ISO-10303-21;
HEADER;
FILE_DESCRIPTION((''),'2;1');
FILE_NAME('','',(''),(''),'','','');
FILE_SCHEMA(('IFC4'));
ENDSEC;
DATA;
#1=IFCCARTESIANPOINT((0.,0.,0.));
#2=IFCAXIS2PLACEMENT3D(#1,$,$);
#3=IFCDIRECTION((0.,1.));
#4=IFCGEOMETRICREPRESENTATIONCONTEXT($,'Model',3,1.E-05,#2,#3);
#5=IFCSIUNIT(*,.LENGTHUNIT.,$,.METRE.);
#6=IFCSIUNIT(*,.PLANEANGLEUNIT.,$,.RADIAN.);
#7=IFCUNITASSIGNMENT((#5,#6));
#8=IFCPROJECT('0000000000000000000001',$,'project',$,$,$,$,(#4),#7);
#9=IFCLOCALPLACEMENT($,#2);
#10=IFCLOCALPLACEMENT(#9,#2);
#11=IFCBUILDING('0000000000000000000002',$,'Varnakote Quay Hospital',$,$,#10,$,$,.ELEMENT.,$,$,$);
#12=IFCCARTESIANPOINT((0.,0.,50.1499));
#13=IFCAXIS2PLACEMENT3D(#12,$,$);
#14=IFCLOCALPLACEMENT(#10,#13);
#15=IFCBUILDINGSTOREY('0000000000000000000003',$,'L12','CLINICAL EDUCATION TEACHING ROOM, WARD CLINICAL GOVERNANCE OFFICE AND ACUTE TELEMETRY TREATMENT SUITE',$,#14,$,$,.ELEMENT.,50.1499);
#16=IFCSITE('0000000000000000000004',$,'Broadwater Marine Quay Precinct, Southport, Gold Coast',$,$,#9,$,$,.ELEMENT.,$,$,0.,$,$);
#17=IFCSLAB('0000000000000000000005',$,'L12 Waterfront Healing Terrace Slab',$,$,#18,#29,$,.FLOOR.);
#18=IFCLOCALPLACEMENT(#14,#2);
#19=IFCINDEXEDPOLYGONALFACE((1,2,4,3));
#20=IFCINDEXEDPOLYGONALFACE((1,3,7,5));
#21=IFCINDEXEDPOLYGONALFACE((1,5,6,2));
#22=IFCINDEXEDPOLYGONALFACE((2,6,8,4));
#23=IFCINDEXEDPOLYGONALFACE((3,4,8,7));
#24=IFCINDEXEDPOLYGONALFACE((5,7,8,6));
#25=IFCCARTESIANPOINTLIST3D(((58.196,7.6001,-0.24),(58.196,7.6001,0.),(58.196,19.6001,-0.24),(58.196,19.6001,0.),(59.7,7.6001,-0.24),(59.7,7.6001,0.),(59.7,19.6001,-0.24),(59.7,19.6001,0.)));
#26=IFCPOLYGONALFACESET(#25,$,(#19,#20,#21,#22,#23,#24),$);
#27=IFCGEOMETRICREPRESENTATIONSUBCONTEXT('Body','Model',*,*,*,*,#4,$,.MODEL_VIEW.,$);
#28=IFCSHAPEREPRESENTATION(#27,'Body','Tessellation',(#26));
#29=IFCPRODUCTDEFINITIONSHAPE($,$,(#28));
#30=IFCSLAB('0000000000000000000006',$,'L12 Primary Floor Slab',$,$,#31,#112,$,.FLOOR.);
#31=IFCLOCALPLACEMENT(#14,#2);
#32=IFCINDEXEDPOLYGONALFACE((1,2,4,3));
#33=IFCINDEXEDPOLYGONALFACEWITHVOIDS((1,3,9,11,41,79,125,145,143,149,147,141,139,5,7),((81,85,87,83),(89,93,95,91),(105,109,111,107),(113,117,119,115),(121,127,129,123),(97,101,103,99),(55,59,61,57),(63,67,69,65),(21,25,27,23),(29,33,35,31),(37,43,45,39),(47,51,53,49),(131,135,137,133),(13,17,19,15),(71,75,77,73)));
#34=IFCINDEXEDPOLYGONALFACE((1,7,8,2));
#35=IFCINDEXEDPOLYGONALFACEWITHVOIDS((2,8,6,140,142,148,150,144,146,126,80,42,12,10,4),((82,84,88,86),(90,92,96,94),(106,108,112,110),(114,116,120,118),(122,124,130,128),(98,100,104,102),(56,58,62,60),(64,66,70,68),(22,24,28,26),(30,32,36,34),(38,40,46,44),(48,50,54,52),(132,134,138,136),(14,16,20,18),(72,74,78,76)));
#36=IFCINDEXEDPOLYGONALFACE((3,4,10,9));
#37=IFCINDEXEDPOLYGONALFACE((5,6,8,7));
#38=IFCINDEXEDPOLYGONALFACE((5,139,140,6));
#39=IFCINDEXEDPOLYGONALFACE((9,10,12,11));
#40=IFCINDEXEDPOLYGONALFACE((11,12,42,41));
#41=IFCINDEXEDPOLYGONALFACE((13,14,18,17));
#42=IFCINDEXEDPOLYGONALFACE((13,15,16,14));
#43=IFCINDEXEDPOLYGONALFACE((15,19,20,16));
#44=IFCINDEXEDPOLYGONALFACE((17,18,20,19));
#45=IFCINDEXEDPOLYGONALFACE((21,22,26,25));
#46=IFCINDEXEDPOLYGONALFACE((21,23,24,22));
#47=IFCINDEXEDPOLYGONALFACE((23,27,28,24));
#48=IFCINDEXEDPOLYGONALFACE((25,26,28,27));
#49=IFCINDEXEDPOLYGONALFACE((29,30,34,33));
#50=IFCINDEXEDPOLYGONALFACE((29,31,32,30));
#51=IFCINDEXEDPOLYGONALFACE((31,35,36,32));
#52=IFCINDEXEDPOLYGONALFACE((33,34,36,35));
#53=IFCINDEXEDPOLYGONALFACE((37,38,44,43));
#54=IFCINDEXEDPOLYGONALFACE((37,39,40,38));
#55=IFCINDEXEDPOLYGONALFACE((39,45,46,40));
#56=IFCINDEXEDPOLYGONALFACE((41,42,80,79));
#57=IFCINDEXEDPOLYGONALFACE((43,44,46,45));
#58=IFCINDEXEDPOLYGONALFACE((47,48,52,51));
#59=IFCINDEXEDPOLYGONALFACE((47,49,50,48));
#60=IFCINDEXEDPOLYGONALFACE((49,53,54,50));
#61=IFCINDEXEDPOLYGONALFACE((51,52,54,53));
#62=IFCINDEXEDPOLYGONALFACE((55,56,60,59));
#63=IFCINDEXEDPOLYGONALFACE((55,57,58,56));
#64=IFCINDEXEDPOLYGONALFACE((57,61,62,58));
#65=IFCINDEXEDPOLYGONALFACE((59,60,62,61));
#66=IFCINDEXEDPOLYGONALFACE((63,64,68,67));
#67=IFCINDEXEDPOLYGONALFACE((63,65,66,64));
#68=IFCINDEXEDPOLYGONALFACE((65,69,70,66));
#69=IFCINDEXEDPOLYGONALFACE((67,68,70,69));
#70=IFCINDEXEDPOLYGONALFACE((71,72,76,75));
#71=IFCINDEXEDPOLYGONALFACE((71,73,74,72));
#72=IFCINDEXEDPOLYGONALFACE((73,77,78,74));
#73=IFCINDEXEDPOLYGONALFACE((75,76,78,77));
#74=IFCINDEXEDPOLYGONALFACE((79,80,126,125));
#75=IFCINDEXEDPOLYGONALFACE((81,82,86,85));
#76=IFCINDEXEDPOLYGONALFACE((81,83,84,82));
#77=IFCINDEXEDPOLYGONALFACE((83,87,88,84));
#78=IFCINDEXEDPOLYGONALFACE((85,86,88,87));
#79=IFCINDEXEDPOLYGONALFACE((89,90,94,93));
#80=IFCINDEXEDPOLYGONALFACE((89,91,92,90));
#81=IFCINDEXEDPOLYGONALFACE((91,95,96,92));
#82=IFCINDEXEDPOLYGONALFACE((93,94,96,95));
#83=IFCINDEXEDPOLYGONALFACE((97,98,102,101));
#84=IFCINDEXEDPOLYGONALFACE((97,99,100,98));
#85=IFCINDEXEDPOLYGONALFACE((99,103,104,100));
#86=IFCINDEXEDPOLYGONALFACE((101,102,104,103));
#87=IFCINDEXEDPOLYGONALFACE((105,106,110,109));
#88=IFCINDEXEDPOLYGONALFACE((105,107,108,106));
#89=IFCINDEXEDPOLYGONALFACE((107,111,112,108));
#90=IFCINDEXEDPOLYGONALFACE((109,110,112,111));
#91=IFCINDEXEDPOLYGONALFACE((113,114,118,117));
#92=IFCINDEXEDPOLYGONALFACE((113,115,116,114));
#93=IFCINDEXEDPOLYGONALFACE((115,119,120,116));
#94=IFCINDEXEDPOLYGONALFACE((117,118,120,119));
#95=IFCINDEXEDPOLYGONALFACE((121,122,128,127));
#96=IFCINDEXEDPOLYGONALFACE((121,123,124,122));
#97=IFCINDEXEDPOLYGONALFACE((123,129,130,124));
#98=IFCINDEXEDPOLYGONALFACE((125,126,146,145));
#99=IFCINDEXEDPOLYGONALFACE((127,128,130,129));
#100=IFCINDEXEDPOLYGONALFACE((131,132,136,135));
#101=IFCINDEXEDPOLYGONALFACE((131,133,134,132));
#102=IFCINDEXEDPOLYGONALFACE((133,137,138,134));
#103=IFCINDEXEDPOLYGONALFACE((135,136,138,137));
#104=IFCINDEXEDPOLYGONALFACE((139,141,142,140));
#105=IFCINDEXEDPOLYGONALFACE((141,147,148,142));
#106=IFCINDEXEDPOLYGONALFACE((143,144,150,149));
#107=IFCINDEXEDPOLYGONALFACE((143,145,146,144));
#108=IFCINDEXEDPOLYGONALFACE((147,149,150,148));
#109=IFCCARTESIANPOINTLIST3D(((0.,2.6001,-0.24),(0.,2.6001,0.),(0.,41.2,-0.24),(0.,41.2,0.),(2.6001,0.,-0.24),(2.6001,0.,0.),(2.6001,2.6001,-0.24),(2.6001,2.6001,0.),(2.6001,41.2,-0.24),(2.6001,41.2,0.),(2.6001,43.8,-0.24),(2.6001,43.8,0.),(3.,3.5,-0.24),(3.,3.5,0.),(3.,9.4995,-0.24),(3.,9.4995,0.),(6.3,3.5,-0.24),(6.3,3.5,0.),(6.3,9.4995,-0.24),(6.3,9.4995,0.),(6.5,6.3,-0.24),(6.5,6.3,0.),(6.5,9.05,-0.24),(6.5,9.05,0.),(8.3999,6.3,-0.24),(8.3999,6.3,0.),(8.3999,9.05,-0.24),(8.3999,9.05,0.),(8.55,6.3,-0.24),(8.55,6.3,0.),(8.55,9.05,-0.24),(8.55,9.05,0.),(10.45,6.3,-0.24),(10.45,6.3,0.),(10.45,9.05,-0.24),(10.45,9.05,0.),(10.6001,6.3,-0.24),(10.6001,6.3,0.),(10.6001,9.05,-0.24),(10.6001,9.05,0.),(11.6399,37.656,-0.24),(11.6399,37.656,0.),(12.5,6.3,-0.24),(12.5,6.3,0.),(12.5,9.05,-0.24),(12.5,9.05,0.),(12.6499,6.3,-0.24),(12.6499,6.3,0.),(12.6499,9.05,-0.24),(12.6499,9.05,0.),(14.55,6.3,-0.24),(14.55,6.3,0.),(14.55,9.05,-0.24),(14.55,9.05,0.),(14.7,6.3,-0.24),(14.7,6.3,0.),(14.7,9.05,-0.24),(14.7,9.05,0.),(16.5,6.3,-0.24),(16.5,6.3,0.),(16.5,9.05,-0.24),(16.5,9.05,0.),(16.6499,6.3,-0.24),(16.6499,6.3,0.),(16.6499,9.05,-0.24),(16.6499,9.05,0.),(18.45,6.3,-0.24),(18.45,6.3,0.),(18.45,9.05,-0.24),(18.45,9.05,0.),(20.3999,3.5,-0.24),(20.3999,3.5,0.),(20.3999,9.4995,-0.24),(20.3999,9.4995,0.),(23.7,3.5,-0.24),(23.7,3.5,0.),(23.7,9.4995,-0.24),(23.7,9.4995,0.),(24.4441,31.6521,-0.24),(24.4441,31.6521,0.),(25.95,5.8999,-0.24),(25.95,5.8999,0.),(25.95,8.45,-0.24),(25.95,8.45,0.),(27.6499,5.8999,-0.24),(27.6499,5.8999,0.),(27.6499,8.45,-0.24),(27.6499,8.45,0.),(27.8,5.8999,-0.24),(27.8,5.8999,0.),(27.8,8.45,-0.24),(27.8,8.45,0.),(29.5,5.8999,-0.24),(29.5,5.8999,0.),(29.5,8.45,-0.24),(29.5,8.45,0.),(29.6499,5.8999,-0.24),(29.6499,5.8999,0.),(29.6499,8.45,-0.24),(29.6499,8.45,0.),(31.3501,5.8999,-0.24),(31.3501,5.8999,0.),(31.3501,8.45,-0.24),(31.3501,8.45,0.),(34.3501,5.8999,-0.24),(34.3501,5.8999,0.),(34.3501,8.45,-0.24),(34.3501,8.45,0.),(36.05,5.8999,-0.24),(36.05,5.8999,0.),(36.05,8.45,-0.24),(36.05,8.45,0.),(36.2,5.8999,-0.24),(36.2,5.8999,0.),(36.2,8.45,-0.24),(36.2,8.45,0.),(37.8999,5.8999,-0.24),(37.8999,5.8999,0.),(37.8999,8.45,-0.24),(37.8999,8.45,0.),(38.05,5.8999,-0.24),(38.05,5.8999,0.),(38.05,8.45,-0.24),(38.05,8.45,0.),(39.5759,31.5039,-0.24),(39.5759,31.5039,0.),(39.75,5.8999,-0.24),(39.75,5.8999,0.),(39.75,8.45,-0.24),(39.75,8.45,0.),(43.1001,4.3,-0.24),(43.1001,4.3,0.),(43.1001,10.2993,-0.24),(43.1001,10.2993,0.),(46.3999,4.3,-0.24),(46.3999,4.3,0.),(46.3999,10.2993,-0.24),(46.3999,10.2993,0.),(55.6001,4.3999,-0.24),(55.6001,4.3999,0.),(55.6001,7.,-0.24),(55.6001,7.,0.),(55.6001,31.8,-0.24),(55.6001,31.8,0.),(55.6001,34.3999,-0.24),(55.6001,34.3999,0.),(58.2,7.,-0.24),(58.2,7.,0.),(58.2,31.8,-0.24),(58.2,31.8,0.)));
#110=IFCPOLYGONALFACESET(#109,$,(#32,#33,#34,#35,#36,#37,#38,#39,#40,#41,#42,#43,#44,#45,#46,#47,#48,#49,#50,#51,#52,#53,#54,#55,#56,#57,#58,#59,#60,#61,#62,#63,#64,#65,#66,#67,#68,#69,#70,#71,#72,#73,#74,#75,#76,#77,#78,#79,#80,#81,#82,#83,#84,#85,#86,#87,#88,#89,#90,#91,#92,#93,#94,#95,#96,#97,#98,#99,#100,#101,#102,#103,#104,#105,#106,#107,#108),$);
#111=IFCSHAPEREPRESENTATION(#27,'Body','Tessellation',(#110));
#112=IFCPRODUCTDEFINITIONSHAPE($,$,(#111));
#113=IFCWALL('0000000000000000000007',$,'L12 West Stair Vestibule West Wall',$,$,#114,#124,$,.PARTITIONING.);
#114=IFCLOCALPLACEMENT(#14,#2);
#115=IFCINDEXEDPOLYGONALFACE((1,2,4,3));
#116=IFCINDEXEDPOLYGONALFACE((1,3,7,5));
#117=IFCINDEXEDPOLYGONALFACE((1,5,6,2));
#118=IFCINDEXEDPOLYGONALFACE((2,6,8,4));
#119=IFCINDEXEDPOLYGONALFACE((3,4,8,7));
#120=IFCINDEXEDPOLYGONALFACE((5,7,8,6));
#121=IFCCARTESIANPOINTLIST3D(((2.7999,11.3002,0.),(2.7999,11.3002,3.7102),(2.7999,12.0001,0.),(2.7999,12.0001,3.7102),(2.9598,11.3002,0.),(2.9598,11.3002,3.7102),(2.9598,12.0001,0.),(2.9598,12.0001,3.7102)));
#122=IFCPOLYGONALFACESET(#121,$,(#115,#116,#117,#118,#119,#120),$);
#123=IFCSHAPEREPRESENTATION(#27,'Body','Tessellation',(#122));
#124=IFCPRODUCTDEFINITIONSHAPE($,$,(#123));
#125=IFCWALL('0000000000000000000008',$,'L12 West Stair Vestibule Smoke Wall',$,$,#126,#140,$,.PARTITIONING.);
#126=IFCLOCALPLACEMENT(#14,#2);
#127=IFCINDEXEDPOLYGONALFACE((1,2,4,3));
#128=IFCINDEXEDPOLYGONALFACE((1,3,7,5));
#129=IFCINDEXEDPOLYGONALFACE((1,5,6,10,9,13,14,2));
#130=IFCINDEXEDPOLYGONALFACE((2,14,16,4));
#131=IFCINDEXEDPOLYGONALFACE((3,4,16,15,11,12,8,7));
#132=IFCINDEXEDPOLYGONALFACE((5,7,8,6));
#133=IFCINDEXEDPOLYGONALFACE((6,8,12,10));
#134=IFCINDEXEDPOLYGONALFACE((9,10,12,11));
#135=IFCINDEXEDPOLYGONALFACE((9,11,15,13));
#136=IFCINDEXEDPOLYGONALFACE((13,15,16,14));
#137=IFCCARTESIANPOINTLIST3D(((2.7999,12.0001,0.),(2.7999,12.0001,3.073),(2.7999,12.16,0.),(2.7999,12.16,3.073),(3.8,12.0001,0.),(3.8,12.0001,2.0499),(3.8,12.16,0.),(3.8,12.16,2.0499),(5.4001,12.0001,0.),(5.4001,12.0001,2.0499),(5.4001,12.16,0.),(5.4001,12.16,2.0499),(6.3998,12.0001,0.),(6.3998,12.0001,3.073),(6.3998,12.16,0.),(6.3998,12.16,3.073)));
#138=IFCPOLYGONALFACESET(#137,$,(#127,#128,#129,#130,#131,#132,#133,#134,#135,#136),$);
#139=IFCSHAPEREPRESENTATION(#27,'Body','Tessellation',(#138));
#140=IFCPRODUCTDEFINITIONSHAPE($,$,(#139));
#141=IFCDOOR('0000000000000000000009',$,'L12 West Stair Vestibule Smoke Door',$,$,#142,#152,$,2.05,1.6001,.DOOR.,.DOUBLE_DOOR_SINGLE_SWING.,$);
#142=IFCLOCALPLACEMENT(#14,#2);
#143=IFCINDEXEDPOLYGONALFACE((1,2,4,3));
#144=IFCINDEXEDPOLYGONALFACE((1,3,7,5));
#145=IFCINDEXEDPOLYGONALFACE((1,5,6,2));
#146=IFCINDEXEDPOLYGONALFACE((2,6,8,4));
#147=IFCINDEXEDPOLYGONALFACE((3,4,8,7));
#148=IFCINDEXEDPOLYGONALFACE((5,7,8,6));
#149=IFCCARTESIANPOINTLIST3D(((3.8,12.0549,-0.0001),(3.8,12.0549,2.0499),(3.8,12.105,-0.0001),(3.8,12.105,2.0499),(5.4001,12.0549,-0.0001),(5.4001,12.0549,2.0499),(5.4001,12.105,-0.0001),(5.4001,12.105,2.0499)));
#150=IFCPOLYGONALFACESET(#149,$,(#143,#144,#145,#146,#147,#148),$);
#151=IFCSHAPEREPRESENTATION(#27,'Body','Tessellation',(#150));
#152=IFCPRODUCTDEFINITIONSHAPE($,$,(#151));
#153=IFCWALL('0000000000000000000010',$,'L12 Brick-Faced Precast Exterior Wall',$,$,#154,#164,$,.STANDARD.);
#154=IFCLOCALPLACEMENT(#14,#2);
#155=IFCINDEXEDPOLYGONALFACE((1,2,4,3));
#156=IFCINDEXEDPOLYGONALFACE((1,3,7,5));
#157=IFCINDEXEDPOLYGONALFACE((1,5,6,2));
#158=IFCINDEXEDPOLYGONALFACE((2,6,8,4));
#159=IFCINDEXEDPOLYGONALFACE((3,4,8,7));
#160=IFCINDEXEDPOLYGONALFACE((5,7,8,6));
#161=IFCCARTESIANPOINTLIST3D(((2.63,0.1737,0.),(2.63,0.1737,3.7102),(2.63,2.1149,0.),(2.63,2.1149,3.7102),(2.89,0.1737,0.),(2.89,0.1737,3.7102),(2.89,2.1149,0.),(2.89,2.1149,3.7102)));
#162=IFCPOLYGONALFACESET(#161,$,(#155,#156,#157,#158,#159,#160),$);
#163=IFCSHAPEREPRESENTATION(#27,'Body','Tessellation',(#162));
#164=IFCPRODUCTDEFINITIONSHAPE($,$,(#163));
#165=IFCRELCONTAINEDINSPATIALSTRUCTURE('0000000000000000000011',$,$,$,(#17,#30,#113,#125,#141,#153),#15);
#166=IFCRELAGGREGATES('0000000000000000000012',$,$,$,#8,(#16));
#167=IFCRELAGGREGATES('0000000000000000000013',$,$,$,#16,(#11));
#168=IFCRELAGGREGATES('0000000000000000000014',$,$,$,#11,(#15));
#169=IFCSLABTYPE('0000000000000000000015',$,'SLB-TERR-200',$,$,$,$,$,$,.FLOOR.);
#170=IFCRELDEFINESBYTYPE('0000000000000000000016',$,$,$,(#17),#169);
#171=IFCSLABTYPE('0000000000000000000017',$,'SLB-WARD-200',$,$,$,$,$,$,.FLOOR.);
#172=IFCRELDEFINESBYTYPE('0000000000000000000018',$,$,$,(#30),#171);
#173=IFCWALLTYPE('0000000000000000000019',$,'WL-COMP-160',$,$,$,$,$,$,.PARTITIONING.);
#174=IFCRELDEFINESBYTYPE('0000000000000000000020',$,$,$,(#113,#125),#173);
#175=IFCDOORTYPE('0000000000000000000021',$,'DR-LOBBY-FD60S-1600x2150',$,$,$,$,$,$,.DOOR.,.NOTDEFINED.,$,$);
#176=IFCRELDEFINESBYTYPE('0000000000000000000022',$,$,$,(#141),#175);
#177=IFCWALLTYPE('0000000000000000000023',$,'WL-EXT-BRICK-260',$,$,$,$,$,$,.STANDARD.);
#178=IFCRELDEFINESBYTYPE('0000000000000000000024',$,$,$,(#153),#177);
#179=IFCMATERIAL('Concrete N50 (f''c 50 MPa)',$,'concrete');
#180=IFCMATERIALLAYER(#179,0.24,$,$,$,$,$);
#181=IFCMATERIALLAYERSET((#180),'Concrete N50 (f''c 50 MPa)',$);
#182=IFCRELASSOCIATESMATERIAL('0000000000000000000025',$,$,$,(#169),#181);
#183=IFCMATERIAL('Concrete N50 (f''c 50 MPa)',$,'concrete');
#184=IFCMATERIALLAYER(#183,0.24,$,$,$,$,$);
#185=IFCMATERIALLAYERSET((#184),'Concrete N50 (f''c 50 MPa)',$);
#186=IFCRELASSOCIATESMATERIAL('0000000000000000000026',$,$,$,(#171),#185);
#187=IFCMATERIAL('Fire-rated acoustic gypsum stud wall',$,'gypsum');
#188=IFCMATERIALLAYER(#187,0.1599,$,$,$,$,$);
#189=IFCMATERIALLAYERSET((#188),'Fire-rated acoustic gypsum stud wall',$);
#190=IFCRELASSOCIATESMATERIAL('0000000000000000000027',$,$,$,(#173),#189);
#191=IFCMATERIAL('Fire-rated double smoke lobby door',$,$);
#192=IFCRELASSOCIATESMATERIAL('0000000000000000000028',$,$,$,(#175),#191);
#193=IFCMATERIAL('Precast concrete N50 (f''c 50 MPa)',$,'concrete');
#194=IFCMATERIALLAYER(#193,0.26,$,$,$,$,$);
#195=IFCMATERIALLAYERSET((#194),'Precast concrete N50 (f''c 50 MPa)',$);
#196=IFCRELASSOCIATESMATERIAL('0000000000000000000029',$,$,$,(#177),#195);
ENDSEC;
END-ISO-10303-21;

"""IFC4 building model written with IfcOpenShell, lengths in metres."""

from ifc_helpers import new_model, si_unit, direction, frame, frame_2d, origin, place, context, subcontext, project, spatial, polyline, rectangle, outline, extrude, material, layer, layer_set, type_object, element, fill, save


model = new_model("IFC4")

# Units and contexts
model_context = context("Model", 3, precision=1e-05, world=origin(), true_north=direction((0.0, 1.0)))
body_context = subcontext(model_context, "Body", "Model", "MODEL_VIEW")
ifc_project = project(units=[si_unit("LENGTHUNIT", "METRE"), si_unit("PLANEANGLEUNIT", "RADIAN")], contexts=[model_context])

# Site, building, storey
site_placement = place(None, origin())
site = spatial("IfcSite", under=ifc_project, at=site_placement, Name="Broadwater Marine Quay Precinct, Southport, Gold Coast", CompositionType="ELEMENT", RefElevation=0.0)
building_placement = place(site_placement, origin())
building = spatial("IfcBuilding", under=site, at=building_placement, Name="Varnakote Quay Hospital", CompositionType="ELEMENT")
storey_placement = place(building_placement, frame((0.0, 0.0, 50.1499)))
storey = spatial("IfcBuildingStorey", under=building, at=storey_placement, Name="L12", Description="CLINICAL EDUCATION TEACHING ROOM, WARD CLINICAL GOVERNANCE OFFICE AND ACUTE TELEMETRY TREATMENT SUITE", CompositionType="ELEMENT", Elevation=50.1499)

# Slabs
ifc_material_1 = material(Name="Concrete N50 (f'c 50 MPa)", Category="concrete")
ifc_layer_1 = layer(ifc_material_1, 0.24)
ifc_layer_set_1 = layer_set([ifc_layer_1], Name="Concrete N50 (f'c 50 MPa)")
slab_type_1 = type_object("IfcSlabType", Name="SLB-TERR-200", PredefinedType="FLOOR", material=ifc_layer_set_1)
slab_1_placement = place(storey_placement, frame((0.0, 0.0, -0.24)))
element("IfcSlab", 1, at=slab_1_placement, inside=storey, type_object=slab_type_1, Name="L12 Waterfront Healing Terrace Slab", PredefinedType="FLOOR", context=body_context, shape_type="SweptSolid", body=[
    extrude(outline(polyline([(58.196, 19.6001), (58.196, 7.6001), (59.7, 7.6001), (59.7, 19.6001), (58.196, 19.6001)])), origin(), (0.0, 0.0, 1.0), 0.24),
])
ifc_material_2 = material(Name="Concrete N50 (f'c 50 MPa)", Category="concrete")
ifc_layer_2 = layer(ifc_material_2, 0.24)
ifc_layer_set_2 = layer_set([ifc_layer_2], Name="Concrete N50 (f'c 50 MPa)")
slab_type_2 = type_object("IfcSlabType", Name="SLB-WARD-200", PredefinedType="FLOOR", material=ifc_layer_set_2)
slab_2_placement = place(storey_placement, frame((0.0, 0.0, -0.24)))
element("IfcSlab", 2, at=slab_2_placement, inside=storey, type_object=slab_type_2, Name="L12 Primary Floor Slab", PredefinedType="FLOOR", context=body_context, shape_type="SweptSolid", body=[
    extrude(outline(polyline([(0.0, 2.6001), (2.6001, 2.6001), (2.6001, 0.0), (55.6001, 4.3999), (55.6001, 7.0), (58.2, 7.0), (58.2, 31.8), (55.6001, 31.8), (55.6001, 34.3999), (39.5759, 31.5039), (24.4441, 31.6521), (11.6399, 37.656), (2.6001, 43.8), (2.6001, 41.2), (0.0, 41.2), (0.0, 2.6001)]), holes=[polyline([(3.0, 3.5), (6.3, 3.5), (6.3, 9.4995), (3.0, 9.4995), (3.0, 3.5)]), polyline([(20.3999, 3.5), (23.7, 3.5), (23.7, 9.4995), (20.3999, 9.4995), (20.3999, 3.5)]), polyline([(43.1001, 4.3), (46.3999, 4.3), (46.3999, 10.2993), (43.1001, 10.2993), (43.1001, 4.3)]), polyline([(6.5, 6.3), (8.3999, 6.3), (8.3999, 9.05), (6.5, 9.05), (6.5, 6.3)]), polyline([(8.55, 6.3), (10.45, 6.3), (10.45, 9.05), (8.55, 9.05), (8.55, 6.3)]), polyline([(10.6001, 6.3), (12.5, 6.3), (12.5, 9.05), (10.6001, 9.05), (10.6001, 6.3)]), polyline([(12.6499, 6.3), (14.55, 6.3), (14.55, 9.05), (12.6499, 9.05), (12.6499, 6.3)]), polyline([(14.7, 6.3), (16.5, 6.3), (16.5, 9.05), (14.7, 9.05), (14.7, 6.3)]), polyline([(16.6499, 6.3), (18.45, 6.3), (18.45, 9.05), (16.6499, 9.05), (16.6499, 6.3)]), polyline([(25.95, 5.8999), (27.6499, 5.8999), (27.6499, 8.45), (25.95, 8.45), (25.95, 5.8999)]), polyline([(27.8, 5.8999), (29.5, 5.8999), (29.5, 8.45), (27.8, 8.45), (27.8, 5.8999)]), polyline([(29.6499, 5.8999), (31.3501, 5.8999), (31.3501, 8.45), (29.6499, 8.45), (29.6499, 5.8999)]), polyline([(34.3501, 5.8999), (36.05, 5.8999), (36.05, 8.45), (34.3501, 8.45), (34.3501, 5.8999)]), polyline([(36.2, 5.8999), (37.8999, 5.8999), (37.8999, 8.45), (36.2, 8.45), (36.2, 5.8999)]), polyline([(38.05, 5.8999), (39.75, 5.8999), (39.75, 8.45), (38.05, 8.45), (38.05, 5.8999)])]), origin(), (0.0, 0.0, 1.0), 0.24),
])

# Wall
ifc_material_3 = material(Name="Fire-rated acoustic gypsum stud wall", Category="gypsum")
ifc_layer_3 = layer(ifc_material_3, 0.1599)
ifc_layer_set_3 = layer_set([ifc_layer_3], Name="Fire-rated acoustic gypsum stud wall")
wall_type_1 = type_object("IfcWallType", Name="WL-COMP-160", PredefinedType="PARTITIONING", material=ifc_layer_set_3)
wall_1_placement = place(storey_placement, frame((2.8799, 11.3, 0.0), z_axis=(0.0, 0.0, 1.0), x_axis=(0.0, 1.0, 0.0)))
element("IfcWall", 3, at=wall_1_placement, inside=storey, type_object=wall_type_1, Name="L12 West Stair Vestibule West Wall", PredefinedType="PARTITIONING", context=body_context, shape_type="SweptSolid", body=[
    extrude(rectangle(XDim=0.7, YDim=0.1599, at=frame_2d((0.3501, 0.0))), origin(), (0.0, 0.0, 1.0), 3.7102),
])

# Wall, opening, door
wall_2_placement = place(storey_placement, frame((2.8, 12.0801, 0.0), z_axis=(0.0, 0.0, 1.0), x_axis=(1.0, 0.0, 0.0)))
wall_2 = element("IfcWall", 4, at=wall_2_placement, inside=storey, type_object=wall_type_1, Name="L12 West Stair Vestibule Smoke Wall", PredefinedType="PARTITIONING", context=body_context, shape_type="SweptSolid", body=[
    extrude(rectangle(XDim=3.5999, YDim=0.1599, at=frame_2d((1.7998, 0.0))), origin(), (0.0, 0.0, 1.0), 3.073),
])
opening_1_placement = place(wall_2_placement, frame((1.0, 0.0, 0.0)))
opening_1 = element("IfcOpeningElement", 5, at=opening_1_placement, cuts=wall_2, PredefinedType="OPENING", context=body_context, shape_type="SweptSolid", body=[
    extrude(rectangle(XDim=1.6001, YDim=2.05, at=frame_2d((0.8, 1.0249))), frame((0.0, 0.0898, 0.0), z_axis=(0.0, -1.0, 0.0), x_axis=(1.0, 0.0, 0.0)), (0.0, 0.0, 1.0), 0.1799),
])
ifc_material_4 = material(Name="Fire-rated double smoke lobby door")
door_type_1 = type_object("IfcDoorType", Name="DR-LOBBY-FD60S-1600x2150", OperationType="NOTDEFINED", PredefinedType="DOOR", material=ifc_material_4)
door_1_placement = place(opening_1_placement, origin())
door_1 = element("IfcDoor", 6, at=door_1_placement, inside=storey, type_object=door_type_1, Name="L12 West Stair Vestibule Smoke Door", OperationType="DOUBLE_DOOR_SINGLE_SWING", OverallHeight=2.05, OverallWidth=1.6001, PredefinedType="DOOR", context=body_context, shape_type="SweptSolid", body=[
    extrude(rectangle(XDim=1.6001, YDim=2.05, at=frame_2d((0.8, 1.0249))), frame((0.0, 0.0249, 0.0), z_axis=(0.0, -1.0, 0.0), x_axis=(1.0, 0.0, 0.0)), (0.0, 0.0, 1.0), 0.05),
])
fill(opening_1, door_1)

# Wall
ifc_material_5 = material(Name="Precast concrete N50 (f'c 50 MPa)", Category="concrete")
ifc_layer_4 = layer(ifc_material_5, 0.26)
ifc_layer_set_4 = layer_set([ifc_layer_4], Name="Precast concrete N50 (f'c 50 MPa)")
wall_type_2 = type_object("IfcWallType", Name="WL-EXT-BRICK-260", PredefinedType="STANDARD", material=ifc_layer_set_4)
wall_3_placement = place(storey_placement, frame((2.76, 2.115, 0.0), z_axis=(0.0, 0.0, 1.0), x_axis=(0.0, -1.0, 0.0)))
element("IfcWall", 7, at=wall_3_placement, inside=storey, type_object=wall_type_2, Name="L12 Brick-Faced Precast Exterior Wall", PredefinedType="STANDARD", context=body_context, shape_type="SweptSolid", body=[
    extrude(rectangle(XDim=1.9412, YDim=0.26, at=frame_2d((0.9707, 0.0))), origin(), (0.0, 0.0, 1.0), 3.7102),
])

save(model, "model.ifc")
